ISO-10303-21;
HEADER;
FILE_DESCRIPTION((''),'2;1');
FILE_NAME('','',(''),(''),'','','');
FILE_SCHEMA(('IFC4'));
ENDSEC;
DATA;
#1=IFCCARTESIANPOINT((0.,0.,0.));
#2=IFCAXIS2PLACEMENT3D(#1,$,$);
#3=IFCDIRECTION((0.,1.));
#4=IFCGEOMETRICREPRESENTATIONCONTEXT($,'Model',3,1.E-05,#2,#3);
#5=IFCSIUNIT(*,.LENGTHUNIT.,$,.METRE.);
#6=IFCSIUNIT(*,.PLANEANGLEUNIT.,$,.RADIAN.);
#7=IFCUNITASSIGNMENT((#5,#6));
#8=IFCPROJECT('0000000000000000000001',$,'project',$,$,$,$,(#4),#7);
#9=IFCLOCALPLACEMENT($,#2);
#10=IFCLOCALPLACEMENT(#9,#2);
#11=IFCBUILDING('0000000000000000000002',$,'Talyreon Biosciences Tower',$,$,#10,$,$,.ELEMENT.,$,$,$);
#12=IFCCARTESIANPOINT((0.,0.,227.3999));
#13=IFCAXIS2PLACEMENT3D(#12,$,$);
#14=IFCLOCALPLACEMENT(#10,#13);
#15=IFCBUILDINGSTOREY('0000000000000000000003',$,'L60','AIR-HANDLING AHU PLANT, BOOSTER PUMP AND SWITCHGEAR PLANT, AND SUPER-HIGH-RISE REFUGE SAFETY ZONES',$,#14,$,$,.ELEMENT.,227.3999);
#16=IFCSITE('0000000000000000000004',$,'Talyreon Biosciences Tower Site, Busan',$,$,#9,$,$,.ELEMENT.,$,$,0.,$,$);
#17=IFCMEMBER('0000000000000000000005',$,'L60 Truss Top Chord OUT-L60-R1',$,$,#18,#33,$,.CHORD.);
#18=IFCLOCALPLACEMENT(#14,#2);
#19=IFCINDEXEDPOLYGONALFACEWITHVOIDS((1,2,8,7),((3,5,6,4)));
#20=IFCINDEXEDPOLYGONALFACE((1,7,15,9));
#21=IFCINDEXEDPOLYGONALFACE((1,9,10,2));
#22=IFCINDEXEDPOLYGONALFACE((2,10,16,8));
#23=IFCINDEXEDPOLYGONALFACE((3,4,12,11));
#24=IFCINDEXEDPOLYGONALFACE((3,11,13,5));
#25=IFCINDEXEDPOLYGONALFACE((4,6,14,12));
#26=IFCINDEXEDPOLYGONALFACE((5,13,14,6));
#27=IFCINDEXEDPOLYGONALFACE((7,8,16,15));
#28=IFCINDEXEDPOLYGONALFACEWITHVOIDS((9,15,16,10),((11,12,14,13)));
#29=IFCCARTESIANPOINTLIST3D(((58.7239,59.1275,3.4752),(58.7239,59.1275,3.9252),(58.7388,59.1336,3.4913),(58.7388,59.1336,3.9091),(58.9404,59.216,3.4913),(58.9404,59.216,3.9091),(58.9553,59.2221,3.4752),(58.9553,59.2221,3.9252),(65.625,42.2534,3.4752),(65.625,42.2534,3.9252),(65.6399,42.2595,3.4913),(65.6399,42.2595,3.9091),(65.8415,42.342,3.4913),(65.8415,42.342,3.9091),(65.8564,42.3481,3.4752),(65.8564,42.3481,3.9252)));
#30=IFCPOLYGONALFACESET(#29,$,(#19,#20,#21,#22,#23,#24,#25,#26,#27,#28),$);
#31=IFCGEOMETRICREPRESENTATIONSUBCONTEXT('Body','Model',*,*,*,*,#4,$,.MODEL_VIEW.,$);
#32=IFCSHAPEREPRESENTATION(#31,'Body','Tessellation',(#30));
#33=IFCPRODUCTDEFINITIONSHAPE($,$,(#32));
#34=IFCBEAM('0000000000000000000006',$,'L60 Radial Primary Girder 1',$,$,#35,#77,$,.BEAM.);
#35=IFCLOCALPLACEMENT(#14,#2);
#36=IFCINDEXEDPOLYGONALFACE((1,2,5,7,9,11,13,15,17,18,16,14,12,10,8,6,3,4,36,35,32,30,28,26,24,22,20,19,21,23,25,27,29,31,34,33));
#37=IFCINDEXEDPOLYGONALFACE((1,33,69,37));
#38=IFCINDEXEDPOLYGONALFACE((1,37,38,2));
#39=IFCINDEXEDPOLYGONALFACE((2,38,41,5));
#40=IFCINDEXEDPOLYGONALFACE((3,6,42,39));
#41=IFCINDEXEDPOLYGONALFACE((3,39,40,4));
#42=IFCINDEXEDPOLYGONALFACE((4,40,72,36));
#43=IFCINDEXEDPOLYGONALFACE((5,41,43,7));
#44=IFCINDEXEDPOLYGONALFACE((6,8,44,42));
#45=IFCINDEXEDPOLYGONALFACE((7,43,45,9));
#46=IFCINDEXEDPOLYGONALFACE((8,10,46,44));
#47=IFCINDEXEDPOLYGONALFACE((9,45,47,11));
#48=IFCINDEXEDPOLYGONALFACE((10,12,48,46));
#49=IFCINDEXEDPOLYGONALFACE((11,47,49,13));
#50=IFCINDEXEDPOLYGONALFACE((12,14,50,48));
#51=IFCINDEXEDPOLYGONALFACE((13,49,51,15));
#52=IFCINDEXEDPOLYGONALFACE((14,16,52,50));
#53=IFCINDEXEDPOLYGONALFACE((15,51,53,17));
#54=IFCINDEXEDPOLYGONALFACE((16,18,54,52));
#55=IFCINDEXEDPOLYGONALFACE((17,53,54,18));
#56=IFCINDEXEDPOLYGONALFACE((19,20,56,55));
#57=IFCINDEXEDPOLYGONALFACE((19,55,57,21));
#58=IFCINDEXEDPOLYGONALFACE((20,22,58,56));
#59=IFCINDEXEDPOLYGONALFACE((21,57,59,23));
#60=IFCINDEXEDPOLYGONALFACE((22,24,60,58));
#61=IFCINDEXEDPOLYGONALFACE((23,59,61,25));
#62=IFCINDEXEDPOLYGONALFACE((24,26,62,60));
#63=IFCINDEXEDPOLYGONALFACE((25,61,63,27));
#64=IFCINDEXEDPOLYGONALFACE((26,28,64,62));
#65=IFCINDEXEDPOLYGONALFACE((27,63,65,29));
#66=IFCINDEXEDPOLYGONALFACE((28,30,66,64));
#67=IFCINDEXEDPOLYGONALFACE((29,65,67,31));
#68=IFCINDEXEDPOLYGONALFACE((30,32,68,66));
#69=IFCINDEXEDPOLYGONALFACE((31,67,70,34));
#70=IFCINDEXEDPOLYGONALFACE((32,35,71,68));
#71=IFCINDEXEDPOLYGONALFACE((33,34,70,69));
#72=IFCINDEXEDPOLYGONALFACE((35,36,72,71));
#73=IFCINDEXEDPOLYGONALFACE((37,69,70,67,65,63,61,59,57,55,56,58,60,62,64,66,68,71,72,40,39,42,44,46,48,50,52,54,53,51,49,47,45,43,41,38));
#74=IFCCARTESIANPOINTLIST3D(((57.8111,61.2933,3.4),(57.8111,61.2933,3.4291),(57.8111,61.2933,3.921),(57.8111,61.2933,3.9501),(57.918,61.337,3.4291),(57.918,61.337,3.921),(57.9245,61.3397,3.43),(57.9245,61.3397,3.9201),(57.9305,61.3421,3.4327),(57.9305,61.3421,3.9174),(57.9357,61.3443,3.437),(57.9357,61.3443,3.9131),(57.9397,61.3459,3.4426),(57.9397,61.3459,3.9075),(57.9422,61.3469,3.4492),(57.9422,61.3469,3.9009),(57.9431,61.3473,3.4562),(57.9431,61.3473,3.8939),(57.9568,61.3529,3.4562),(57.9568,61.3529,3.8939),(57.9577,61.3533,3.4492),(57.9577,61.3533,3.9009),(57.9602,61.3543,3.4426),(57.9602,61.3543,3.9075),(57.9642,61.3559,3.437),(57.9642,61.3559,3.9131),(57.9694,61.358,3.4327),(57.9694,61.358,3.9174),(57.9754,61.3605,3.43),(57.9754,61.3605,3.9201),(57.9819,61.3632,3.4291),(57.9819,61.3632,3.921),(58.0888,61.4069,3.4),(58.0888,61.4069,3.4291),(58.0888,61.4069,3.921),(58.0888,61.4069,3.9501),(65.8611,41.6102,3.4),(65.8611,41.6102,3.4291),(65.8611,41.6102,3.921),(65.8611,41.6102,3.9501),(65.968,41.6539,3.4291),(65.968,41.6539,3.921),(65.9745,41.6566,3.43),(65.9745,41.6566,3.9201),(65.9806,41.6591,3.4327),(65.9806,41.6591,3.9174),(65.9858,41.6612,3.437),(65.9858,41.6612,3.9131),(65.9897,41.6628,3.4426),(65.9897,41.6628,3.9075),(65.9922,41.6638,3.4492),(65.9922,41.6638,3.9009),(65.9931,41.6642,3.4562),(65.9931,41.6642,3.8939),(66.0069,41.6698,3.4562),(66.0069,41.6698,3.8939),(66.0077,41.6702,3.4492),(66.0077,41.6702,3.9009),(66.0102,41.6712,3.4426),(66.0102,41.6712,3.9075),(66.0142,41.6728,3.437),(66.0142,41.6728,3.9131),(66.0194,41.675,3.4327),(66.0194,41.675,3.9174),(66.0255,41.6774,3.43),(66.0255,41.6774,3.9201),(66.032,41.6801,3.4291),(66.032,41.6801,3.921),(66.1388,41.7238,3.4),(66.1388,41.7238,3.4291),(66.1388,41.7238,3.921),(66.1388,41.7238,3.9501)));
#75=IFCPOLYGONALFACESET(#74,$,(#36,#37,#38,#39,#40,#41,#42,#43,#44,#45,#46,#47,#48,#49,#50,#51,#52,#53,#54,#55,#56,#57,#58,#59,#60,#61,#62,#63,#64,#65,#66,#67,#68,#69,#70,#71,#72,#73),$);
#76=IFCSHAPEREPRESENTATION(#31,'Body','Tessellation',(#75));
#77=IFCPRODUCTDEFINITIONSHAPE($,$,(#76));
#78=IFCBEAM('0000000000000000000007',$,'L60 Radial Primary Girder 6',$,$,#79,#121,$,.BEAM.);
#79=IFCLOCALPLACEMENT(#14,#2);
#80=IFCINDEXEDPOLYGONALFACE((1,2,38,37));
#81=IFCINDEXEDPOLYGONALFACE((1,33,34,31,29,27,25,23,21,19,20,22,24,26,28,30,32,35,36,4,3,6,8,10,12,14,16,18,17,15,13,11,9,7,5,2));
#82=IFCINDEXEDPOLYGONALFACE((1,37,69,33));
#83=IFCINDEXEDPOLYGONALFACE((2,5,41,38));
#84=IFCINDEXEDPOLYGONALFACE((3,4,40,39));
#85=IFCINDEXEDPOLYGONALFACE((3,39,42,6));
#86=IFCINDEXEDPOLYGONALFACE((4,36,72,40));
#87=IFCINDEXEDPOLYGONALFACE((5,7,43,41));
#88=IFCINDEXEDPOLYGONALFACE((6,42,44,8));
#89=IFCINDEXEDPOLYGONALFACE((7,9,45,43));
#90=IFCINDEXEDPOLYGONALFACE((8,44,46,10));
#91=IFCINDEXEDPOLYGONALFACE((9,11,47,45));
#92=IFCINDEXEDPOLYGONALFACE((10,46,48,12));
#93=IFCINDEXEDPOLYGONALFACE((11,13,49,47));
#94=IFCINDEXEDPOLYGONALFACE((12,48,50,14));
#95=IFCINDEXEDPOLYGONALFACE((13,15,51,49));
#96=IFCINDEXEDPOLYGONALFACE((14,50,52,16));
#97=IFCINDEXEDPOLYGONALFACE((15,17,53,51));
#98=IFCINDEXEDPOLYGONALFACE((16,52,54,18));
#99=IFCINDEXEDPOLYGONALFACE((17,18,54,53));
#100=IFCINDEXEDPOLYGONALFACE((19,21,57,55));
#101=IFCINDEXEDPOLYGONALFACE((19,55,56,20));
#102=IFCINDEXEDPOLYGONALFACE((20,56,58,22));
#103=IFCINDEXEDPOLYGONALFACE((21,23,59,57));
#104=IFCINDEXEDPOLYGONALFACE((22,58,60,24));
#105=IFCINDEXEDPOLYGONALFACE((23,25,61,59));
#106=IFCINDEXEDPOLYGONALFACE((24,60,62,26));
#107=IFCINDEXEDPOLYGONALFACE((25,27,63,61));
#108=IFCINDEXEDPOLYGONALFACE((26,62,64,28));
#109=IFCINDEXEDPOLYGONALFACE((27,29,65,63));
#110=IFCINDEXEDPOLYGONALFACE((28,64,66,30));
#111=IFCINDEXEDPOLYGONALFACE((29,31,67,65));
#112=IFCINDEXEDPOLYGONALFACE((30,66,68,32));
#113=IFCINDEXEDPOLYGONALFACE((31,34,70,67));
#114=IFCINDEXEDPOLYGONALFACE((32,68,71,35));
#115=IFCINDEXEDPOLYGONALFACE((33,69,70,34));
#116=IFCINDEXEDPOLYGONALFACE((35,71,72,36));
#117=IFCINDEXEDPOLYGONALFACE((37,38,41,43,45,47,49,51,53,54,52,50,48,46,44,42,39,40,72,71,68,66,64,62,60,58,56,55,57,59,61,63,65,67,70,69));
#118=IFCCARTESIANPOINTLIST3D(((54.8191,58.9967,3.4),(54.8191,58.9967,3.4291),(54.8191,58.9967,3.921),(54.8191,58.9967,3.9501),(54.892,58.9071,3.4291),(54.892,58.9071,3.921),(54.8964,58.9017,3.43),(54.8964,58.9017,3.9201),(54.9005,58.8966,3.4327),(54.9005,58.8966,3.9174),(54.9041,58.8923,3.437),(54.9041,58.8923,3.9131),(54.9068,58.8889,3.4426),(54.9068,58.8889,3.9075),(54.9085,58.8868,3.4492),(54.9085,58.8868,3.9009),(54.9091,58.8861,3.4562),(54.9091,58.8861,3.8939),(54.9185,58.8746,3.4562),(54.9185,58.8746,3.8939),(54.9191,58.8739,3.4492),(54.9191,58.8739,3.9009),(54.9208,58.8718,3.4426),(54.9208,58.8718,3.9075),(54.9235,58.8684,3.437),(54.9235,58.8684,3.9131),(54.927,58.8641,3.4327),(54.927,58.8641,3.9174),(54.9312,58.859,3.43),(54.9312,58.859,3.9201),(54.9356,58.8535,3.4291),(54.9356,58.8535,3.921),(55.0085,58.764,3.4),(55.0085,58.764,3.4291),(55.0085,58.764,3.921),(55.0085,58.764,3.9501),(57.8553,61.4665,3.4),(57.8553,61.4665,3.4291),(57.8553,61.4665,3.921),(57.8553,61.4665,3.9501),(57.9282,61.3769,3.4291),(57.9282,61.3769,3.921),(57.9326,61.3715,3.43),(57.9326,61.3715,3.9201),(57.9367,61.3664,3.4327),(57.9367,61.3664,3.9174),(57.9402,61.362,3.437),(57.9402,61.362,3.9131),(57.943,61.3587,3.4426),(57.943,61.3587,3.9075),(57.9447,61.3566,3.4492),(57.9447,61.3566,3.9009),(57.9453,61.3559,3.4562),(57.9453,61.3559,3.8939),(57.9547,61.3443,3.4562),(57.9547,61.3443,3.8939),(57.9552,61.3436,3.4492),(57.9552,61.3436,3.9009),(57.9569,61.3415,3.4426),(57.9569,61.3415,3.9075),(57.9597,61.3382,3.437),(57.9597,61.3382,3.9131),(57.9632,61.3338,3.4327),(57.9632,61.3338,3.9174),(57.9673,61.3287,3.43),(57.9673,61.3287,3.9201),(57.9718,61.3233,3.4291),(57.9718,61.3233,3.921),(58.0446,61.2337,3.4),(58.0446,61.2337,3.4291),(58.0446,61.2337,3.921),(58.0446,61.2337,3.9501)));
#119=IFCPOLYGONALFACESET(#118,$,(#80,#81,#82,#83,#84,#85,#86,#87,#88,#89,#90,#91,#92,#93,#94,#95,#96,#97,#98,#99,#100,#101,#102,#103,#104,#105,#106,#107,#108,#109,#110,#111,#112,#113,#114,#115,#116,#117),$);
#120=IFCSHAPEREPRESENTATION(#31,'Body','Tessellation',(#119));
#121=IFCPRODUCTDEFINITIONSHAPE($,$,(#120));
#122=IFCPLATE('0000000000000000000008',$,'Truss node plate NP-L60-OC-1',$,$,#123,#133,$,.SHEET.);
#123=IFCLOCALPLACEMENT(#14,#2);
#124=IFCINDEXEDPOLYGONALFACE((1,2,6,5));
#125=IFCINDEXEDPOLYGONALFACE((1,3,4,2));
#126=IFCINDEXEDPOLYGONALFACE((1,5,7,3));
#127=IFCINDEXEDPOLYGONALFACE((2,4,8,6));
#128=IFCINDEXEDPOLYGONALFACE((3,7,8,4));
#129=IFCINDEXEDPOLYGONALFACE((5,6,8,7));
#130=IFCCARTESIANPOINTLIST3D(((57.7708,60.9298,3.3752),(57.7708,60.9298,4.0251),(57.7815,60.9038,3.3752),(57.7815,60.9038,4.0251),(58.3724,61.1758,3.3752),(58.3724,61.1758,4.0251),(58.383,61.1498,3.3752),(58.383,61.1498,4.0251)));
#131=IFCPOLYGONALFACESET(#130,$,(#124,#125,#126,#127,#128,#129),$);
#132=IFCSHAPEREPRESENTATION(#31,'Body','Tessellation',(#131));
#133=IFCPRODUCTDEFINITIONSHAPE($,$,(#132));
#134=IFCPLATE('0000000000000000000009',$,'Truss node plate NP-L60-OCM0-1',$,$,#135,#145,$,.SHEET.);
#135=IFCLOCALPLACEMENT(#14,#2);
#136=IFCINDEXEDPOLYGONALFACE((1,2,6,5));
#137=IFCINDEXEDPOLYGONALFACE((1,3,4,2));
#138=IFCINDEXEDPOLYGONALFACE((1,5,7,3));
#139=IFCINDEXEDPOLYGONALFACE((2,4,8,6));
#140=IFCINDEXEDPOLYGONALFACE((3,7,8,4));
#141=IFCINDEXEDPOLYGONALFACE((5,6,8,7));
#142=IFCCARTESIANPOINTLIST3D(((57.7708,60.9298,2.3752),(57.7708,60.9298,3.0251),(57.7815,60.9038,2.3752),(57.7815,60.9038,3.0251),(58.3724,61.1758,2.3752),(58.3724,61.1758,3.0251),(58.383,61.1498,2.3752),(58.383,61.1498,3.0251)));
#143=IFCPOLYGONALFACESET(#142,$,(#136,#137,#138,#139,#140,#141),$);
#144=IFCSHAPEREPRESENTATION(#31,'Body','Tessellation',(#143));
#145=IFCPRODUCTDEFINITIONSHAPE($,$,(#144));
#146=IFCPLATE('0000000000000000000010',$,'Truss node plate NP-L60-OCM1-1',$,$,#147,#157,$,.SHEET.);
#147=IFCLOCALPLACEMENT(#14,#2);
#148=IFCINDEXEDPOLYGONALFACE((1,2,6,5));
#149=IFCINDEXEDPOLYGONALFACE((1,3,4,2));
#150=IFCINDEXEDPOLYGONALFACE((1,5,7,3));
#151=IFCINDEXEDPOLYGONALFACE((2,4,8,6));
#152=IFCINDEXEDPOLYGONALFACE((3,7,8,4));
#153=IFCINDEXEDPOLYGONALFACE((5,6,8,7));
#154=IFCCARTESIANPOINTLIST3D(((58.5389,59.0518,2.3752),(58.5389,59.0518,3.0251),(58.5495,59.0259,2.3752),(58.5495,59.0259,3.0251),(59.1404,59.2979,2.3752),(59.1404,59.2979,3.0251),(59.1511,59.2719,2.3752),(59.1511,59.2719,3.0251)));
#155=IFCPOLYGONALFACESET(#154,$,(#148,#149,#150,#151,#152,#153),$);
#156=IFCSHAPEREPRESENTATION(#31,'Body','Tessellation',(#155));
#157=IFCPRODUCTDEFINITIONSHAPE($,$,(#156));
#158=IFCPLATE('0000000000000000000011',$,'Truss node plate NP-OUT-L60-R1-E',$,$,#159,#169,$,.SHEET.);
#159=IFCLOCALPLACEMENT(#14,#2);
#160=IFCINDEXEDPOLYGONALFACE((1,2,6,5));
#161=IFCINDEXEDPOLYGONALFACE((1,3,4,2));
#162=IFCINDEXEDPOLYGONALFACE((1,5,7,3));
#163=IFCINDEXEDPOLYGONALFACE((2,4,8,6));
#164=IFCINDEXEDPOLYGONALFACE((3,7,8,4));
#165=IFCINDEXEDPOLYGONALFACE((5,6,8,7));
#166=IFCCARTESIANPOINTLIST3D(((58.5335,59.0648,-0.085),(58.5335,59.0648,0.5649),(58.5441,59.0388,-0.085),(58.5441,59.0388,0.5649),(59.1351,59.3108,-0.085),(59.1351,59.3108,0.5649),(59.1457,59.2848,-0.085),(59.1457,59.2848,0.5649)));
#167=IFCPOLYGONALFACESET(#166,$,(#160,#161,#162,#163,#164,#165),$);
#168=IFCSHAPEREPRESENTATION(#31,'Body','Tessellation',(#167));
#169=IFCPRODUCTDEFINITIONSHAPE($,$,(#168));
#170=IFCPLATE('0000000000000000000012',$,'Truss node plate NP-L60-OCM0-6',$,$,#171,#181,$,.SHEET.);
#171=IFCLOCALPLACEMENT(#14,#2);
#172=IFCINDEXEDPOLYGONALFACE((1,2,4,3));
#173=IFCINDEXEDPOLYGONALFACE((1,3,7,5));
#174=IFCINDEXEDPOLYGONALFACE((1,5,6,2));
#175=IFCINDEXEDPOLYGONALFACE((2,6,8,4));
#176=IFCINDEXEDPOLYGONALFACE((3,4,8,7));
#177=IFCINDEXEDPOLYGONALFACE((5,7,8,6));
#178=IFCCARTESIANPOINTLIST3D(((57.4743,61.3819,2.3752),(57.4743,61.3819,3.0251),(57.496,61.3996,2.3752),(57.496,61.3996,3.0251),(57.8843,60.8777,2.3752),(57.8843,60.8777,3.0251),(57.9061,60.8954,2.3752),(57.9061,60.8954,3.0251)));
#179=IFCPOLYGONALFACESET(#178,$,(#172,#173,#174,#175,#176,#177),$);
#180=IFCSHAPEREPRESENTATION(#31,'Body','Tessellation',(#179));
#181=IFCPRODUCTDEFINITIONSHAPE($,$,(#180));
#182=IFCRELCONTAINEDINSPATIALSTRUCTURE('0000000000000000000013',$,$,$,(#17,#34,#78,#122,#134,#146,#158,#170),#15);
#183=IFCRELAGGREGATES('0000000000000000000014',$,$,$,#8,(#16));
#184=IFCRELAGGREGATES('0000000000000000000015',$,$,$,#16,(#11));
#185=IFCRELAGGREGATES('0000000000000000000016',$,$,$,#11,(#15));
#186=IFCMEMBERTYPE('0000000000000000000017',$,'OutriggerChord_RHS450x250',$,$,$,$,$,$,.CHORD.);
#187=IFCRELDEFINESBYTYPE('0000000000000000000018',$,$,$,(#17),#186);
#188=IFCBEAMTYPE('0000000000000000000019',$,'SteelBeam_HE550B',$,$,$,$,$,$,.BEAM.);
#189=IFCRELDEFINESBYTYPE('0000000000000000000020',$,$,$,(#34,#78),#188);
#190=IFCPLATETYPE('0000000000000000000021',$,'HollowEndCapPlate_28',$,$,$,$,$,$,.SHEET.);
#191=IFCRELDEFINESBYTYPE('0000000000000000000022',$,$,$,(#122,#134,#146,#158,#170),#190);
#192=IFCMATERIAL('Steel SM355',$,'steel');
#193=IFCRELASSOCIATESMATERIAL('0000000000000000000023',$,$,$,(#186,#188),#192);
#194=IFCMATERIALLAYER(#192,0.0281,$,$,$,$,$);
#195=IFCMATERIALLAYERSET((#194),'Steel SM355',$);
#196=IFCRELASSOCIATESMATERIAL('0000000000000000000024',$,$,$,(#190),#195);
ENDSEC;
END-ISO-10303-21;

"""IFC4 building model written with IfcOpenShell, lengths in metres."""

from ifc_helpers import new_model, si_unit, direction, frame, origin, origin_2d, place, context, subcontext, project, spatial, rectangle, hollow_rectangle, i_section, extrude, material, layer, layer_set, material_profile, profile_set, type_object, element, save


model = new_model("IFC4")

# Units and contexts
model_context = context("Model", 3, precision=1e-05, world=origin(), true_north=direction((0.0, 1.0)))
body_context = subcontext(model_context, "Body", "Model", "MODEL_VIEW")
ifc_project = project(units=[si_unit("LENGTHUNIT", "METRE"), si_unit("PLANEANGLEUNIT", "RADIAN")], contexts=[model_context])

# Site, building, storey
site_placement = place(None, origin())
site = spatial("IfcSite", under=ifc_project, at=site_placement, Name="Talyreon Biosciences Tower Site, Busan", CompositionType="ELEMENT", RefElevation=0.0)
building_placement = place(site_placement, origin())
building = spatial("IfcBuilding", under=site, at=building_placement, Name="Talyreon Biosciences Tower", CompositionType="ELEMENT")
storey_placement = place(building_placement, frame((0.0, 0.0, 227.3999)))
storey = spatial("IfcBuildingStorey", under=building, at=storey_placement, Name="L60", Description="AIR-HANDLING AHU PLANT, BOOSTER PUMP AND SWITCHGEAR PLANT, AND SUPER-HIGH-RISE REFUGE SAFETY ZONES", CompositionType="ELEMENT", Elevation=227.3999)

# Member
ifc_material_1 = material(Name="Steel SM355", Category="steel")
ifc_material_profile_1 = material_profile(ifc_material_1, hollow_rectangle(XDim=0.25, YDim=0.45, WallThickness=0.0161, at=origin_2d()), Name="RHS 450x250x16")
ifc_profile_set_1 = profile_set([ifc_material_profile_1], Name="Steel SM355")
member_type_1 = type_object("IfcMemberType", Name="OutriggerChord_RHS450x250", PredefinedType="CHORD", material=ifc_profile_set_1)
for number, where, z_axis, x_axis, name in (
    (1, (58.8396, 59.1748, 3.7002), (0.378544, -0.925583, 0.0), (0.925583, 0.378544, 0.0), "L60 Truss Top Chord OUT-L60-R1"),
):
    element("IfcMember", number, at=place(storey_placement, frame(where, z_axis=z_axis, x_axis=x_axis)), inside=storey, type_object=member_type_1, Name=name, PredefinedType="CHORD", context=body_context, shape_type="SweptSolid", body=[
        extrude(hollow_rectangle(XDim=0.25, YDim=0.45, WallThickness=0.0161, at=origin_2d()), origin(), (0.0, 0.0, 1.0), 18.2307),
    ])

# Beams
ifc_material_profile_2 = material_profile(ifc_material_1, i_section(OverallWidth=0.3, OverallDepth=0.55, WebThickness=0.0149, FlangeThickness=0.0291, FilletRadius=0.0271, at=origin_2d()), Name="HE550B")
ifc_profile_set_2 = profile_set([ifc_material_profile_2], Name="Steel SM355")
beam_type = type_object("IfcBeamType", Name="SteelBeam_HE550B", PredefinedType="BEAM", material=ifc_profile_set_2)
beam_1_placement = place(storey_placement, frame((57.95, 61.3501, 3.675), z_axis=(0.378547, -0.925582, 0.0), x_axis=(0.925582, 0.378547, 0.0)))
element("IfcBeam", 2, at=beam_1_placement, inside=storey, type_object=beam_type, Name="L60 Radial Primary Girder 1", PredefinedType="BEAM", context=body_context, shape_type="SweptSolid", body=[
    extrude(i_section(OverallWidth=0.3, OverallDepth=0.55, WebThickness=0.0149, FlangeThickness=0.0291, FilletRadius=0.0271, at=origin_2d()), origin(), (0.0, 0.0, 1.0), 21.2656),
])
beam_2_placement = place(storey_placement, frame((57.95, 61.3501, 3.675), z_axis=(-0.775755, -0.631034, 0.0), x_axis=(0.631034, -0.775755, 0.0)))
element("IfcBeam", 3, at=beam_2_placement, inside=storey, type_object=beam_type, Name="L60 Radial Primary Girder 6", PredefinedType="BEAM", context=body_context, shape_type="SweptSolid", body=[
    extrude(i_section(OverallWidth=0.3, OverallDepth=0.55, WebThickness=0.0149, FlangeThickness=0.0291, FilletRadius=0.0271, at=origin_2d()), origin(), (0.0, 0.0, 1.0), 3.9138),
])

# Plates
ifc_layer_1 = layer(ifc_material_1, 0.0281)
ifc_layer_set_1 = layer_set([ifc_layer_1], Name="Steel SM355")
plate_type = type_object("IfcPlateType", Name="HollowEndCapPlate_28", PredefinedType="SHEET", material=ifc_layer_set_1)
for number, where, z_axis, x_axis, name in (
    (4, (58.0769, 61.0398, 3.3752), (0.0, 0.0, 1.0), (0.92558, 0.378552, 0.0), "Truss node plate NP-L60-OC-1"),
    (5, (58.0769, 61.0398, 2.3752), (0.0, 0.0, 1.0), (0.92558, 0.378552, 0.0), "Truss node plate NP-L60-OCM0-1"),
    (6, (58.845, 59.1619, 2.3752), (0.0, 0.0, 1.0), (0.92558, 0.378552, 0.0), "Truss node plate NP-L60-OCM1-1"),
    (7, (58.8396, 59.1748, -0.085), (0.0, 0.0, 1.0), (0.925587, 0.378536, 0.0), "Truss node plate NP-OUT-L60-R1-E"),
    (8, (57.6902, 61.1387, 2.3752), (0.0, 0.0, 1.0), (0.631001, -0.775782, 0.0), "Truss node plate NP-L60-OCM0-6"),
):
    element("IfcPlate", number, at=place(storey_placement, frame(where, z_axis=z_axis, x_axis=x_axis)), inside=storey, type_object=plate_type, Name=name, PredefinedType="SHEET", context=body_context, shape_type="SweptSolid", body=[
        extrude(rectangle(XDim=0.6499, YDim=0.0281, at=origin_2d()), origin(), (0.0, 0.0, 1.0), 0.6499),
    ])

save(model, "model.ifc")
